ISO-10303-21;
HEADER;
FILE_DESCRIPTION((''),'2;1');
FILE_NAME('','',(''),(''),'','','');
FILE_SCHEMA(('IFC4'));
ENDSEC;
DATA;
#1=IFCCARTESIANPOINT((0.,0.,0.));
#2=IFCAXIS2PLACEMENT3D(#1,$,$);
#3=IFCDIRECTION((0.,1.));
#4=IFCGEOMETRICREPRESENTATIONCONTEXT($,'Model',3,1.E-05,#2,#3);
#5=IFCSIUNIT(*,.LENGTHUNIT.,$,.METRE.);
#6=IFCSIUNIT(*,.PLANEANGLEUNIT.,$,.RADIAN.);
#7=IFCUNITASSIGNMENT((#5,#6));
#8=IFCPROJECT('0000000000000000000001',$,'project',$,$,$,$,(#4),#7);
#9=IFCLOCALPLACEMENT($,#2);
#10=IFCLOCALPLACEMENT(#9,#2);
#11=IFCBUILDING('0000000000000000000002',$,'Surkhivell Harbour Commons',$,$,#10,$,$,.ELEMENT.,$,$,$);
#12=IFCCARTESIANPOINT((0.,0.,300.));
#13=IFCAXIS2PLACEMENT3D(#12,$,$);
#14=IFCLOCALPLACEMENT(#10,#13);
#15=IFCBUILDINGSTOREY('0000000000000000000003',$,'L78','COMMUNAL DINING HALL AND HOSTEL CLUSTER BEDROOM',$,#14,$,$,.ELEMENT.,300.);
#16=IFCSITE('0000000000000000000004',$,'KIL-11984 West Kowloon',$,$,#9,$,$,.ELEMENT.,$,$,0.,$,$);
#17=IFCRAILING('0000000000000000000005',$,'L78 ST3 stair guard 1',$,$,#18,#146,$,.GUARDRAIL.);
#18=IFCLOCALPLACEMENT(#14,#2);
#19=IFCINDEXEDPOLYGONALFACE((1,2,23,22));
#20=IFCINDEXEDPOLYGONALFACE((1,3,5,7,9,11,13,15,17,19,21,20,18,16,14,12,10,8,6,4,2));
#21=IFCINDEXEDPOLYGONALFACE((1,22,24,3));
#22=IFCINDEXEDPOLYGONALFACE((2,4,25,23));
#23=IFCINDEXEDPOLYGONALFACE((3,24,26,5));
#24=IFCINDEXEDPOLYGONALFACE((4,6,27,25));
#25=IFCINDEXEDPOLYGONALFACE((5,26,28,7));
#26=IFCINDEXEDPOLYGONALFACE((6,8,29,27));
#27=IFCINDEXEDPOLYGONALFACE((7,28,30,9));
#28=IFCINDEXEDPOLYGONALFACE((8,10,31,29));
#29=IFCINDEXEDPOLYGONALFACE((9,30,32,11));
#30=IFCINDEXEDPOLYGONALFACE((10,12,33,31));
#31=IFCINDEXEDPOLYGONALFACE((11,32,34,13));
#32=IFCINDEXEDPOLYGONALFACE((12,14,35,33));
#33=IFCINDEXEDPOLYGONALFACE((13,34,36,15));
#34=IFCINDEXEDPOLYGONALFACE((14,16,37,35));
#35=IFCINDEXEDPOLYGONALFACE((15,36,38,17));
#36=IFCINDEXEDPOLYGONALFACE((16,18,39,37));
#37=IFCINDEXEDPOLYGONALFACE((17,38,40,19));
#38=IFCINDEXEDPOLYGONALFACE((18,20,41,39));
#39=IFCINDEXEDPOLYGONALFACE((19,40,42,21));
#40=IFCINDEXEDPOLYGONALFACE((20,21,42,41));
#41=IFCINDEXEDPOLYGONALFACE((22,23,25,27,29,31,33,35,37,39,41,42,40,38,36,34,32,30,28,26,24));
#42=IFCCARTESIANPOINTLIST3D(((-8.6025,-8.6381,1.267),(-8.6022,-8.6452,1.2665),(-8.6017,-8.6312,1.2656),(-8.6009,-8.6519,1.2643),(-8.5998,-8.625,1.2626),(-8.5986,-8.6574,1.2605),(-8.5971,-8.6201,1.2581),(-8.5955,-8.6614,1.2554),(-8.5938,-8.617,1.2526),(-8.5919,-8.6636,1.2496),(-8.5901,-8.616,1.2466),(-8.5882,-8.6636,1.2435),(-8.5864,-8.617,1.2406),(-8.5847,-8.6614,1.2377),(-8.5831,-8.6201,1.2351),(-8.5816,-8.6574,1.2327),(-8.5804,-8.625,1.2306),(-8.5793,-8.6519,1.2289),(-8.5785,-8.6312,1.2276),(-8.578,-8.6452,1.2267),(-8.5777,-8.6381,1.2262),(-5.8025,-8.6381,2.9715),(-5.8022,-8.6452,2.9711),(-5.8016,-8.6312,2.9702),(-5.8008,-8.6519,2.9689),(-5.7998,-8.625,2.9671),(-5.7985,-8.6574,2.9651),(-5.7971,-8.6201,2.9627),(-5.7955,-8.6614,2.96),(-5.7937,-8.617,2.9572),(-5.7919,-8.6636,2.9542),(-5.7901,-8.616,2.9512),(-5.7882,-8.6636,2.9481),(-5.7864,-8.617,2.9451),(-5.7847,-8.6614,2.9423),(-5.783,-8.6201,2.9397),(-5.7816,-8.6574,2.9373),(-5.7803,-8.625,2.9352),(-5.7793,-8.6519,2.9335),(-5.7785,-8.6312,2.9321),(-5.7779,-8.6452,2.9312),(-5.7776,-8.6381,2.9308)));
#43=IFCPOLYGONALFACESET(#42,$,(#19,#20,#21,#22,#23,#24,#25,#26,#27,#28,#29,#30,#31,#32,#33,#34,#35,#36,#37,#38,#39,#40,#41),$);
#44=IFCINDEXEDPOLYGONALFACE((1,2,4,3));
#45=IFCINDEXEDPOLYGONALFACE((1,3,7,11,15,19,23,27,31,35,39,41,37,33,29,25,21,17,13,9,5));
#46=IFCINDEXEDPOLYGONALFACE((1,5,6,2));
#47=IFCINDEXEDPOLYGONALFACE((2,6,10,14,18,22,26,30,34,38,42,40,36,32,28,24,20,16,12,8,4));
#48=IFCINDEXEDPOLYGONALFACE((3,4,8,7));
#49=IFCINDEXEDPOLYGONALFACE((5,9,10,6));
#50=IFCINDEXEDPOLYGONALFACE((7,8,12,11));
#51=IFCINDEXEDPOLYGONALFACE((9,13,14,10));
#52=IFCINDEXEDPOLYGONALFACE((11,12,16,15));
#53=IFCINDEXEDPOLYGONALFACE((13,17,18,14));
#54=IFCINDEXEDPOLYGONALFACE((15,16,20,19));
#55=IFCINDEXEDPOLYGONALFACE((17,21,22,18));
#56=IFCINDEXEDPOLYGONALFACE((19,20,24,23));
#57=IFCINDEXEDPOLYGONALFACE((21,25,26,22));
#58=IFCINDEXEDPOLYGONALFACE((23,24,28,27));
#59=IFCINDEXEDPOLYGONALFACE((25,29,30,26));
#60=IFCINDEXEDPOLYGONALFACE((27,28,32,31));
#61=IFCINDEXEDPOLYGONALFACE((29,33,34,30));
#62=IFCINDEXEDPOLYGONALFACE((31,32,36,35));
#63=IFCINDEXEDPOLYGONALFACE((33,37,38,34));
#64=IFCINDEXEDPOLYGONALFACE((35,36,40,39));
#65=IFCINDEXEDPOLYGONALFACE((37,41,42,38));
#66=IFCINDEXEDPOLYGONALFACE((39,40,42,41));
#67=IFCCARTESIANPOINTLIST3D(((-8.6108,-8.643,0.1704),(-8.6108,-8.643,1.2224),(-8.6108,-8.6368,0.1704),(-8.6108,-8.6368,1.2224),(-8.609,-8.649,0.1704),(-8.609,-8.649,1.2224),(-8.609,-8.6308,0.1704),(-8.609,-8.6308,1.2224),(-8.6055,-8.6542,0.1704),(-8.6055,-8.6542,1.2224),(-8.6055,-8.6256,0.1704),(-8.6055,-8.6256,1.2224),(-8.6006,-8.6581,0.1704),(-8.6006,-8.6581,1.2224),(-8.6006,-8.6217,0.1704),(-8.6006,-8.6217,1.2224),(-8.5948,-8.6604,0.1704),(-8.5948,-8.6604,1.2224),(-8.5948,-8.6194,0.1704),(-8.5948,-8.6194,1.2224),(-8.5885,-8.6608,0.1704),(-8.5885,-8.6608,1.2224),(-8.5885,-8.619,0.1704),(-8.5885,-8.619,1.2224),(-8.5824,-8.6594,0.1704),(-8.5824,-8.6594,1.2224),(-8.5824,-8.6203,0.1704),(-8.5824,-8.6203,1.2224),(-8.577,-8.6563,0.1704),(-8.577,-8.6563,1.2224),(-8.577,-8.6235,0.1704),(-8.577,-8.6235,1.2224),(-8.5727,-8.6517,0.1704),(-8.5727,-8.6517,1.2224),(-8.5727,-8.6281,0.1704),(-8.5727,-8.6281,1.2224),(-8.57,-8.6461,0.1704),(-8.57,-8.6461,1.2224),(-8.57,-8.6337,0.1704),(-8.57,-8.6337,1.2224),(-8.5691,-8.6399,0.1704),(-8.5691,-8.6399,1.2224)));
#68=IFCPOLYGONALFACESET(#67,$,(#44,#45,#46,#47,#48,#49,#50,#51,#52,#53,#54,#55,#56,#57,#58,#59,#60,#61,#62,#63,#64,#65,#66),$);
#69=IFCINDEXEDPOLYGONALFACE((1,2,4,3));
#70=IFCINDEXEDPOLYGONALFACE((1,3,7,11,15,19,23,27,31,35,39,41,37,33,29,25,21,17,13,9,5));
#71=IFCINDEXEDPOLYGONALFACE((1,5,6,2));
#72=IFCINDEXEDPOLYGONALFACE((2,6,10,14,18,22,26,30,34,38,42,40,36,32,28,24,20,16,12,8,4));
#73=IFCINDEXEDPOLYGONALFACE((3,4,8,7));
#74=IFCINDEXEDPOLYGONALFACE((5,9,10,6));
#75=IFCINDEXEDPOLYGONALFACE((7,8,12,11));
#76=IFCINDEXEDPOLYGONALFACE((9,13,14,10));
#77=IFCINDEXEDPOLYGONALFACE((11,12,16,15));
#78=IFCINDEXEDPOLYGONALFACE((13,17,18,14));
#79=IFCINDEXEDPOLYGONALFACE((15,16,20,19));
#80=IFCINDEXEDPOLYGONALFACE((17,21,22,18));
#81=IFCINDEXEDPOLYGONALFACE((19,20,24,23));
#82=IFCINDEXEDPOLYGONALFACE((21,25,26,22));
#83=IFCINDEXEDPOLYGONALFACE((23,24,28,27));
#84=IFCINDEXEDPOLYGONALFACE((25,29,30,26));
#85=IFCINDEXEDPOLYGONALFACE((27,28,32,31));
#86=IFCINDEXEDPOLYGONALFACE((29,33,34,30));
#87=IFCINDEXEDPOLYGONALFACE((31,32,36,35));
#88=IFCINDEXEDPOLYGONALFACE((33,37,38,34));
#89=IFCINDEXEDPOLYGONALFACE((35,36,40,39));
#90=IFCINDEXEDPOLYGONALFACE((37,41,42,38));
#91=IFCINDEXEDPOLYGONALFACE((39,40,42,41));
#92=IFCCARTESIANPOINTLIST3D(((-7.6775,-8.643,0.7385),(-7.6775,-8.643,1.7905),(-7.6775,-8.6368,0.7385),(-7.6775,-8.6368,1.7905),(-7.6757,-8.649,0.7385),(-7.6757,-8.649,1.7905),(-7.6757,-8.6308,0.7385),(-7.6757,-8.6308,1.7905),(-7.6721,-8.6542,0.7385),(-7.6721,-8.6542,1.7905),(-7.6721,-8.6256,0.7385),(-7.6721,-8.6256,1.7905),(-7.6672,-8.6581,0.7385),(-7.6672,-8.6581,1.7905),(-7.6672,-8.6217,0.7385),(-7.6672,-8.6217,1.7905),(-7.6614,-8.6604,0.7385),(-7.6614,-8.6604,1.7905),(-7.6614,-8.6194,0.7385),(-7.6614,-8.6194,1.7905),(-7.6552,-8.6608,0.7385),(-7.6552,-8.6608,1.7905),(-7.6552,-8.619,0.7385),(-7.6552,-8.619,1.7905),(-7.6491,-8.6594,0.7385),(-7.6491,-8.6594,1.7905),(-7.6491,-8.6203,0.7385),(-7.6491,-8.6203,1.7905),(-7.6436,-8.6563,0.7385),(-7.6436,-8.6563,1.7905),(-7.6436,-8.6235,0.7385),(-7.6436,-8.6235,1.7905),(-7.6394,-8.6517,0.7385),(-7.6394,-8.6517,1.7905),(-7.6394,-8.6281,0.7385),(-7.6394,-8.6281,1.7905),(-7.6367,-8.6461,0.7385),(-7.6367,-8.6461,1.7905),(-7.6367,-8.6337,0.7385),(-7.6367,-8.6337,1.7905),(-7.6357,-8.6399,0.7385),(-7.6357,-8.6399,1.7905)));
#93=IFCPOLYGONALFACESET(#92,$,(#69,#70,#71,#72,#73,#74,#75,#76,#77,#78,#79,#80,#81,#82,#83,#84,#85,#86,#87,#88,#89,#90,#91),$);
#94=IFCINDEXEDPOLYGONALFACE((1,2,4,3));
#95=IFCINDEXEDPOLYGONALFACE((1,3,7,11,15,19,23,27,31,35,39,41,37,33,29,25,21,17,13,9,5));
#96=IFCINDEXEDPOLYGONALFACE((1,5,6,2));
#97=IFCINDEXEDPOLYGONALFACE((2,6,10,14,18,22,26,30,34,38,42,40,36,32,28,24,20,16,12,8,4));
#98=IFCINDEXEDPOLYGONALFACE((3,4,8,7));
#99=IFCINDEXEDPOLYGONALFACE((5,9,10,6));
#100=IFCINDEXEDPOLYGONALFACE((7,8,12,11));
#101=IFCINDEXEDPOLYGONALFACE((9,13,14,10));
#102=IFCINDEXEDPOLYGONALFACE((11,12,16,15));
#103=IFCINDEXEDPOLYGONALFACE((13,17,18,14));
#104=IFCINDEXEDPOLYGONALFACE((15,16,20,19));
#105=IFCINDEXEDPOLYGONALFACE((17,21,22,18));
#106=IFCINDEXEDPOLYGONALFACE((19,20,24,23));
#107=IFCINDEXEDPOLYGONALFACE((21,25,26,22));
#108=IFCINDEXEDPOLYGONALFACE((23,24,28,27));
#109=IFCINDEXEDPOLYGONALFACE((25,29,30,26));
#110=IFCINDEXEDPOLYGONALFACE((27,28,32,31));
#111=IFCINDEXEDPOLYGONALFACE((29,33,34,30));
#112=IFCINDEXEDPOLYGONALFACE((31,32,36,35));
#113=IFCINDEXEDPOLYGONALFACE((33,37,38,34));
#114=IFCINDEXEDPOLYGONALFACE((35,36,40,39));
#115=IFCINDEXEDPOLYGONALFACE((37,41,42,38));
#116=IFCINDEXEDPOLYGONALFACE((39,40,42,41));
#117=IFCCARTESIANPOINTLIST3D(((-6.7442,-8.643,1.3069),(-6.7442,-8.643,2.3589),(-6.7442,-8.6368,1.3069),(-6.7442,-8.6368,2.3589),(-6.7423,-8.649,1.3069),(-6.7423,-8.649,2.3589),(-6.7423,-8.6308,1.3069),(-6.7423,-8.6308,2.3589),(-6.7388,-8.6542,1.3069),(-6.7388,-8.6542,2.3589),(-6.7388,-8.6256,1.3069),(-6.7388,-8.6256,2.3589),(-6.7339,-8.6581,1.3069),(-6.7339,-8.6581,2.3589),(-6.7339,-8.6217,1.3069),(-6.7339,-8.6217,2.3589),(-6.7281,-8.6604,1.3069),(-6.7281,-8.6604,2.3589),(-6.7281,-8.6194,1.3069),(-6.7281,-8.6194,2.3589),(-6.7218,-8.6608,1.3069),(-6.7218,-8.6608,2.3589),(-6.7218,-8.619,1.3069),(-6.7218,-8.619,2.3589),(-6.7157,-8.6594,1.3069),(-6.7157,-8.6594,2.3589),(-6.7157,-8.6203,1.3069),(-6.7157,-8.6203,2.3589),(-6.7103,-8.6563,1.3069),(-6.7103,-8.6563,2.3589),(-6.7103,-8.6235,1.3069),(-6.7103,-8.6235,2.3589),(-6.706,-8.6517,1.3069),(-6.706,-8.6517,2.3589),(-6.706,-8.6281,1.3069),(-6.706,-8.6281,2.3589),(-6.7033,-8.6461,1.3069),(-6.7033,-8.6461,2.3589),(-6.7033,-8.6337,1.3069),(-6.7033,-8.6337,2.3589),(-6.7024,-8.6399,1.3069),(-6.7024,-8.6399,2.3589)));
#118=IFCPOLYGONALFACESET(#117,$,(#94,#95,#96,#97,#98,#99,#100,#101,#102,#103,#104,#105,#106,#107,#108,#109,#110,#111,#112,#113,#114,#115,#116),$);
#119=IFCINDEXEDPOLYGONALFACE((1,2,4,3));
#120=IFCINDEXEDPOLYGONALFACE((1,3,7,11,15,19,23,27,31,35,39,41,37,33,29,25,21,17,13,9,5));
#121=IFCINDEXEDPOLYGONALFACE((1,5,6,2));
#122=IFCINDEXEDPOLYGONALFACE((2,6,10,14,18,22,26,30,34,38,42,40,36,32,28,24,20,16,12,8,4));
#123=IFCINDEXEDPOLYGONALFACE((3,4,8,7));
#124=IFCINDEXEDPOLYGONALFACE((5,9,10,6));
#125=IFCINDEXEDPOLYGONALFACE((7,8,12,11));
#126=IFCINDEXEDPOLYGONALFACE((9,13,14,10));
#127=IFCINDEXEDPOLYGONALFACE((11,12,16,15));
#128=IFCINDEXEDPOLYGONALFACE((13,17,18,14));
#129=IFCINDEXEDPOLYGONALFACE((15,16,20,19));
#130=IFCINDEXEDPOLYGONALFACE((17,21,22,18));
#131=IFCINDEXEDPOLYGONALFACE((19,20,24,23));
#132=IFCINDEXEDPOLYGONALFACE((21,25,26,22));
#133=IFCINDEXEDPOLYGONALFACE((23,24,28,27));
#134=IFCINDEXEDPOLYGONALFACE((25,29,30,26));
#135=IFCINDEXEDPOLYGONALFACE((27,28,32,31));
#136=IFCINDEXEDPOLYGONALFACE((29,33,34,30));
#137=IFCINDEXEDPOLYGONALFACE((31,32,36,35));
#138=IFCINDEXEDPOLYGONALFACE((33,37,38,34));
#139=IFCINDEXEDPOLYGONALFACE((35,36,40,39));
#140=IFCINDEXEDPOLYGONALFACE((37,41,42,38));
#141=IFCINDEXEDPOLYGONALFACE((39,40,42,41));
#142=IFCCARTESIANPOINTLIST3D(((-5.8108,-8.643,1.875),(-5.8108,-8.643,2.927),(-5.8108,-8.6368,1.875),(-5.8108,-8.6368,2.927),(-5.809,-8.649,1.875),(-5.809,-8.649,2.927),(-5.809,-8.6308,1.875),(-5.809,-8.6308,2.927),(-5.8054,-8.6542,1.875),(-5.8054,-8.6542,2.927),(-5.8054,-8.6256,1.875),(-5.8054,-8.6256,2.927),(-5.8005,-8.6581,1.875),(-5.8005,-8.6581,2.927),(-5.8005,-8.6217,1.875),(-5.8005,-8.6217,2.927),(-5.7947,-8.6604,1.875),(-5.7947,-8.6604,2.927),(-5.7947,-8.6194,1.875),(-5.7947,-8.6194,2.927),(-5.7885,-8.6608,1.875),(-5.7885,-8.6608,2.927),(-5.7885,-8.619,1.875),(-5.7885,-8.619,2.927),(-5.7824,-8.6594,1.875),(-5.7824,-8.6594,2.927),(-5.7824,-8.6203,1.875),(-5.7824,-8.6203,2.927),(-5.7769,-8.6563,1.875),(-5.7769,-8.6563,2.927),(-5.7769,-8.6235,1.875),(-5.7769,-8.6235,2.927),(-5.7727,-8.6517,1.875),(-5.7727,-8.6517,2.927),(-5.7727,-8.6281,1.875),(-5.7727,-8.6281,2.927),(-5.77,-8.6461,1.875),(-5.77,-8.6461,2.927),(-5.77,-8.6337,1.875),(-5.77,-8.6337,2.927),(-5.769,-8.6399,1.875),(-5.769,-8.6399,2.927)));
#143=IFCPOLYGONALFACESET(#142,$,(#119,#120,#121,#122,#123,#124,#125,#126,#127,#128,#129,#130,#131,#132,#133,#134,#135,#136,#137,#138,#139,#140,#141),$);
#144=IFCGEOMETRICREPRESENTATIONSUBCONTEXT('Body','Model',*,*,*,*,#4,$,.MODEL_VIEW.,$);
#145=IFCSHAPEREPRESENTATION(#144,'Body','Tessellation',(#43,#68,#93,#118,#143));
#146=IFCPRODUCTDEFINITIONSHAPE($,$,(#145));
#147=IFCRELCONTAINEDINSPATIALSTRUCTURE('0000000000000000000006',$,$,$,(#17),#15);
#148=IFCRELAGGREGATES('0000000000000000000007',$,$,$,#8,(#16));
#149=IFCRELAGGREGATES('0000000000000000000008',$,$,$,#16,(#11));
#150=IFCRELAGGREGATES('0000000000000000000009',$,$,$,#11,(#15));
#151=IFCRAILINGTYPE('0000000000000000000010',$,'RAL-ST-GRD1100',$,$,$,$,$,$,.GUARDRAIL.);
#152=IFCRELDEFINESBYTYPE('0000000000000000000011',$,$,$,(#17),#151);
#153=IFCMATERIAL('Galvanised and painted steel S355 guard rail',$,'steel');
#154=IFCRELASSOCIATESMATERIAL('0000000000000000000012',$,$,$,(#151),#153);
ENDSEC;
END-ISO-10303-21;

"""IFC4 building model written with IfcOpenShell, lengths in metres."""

from ifc_helpers import new_model, si_unit, direction, frame, origin, origin_2d, place, context, subcontext, project, spatial, circle, extrude, material, type_object, element, save


model = new_model("IFC4")

# Units and contexts
model_context = context("Model", 3, precision=1e-05, world=origin(), true_north=direction((0.0, 1.0)))
body_context = subcontext(model_context, "Body", "Model", "MODEL_VIEW")
ifc_project = project(units=[si_unit("LENGTHUNIT", "METRE"), si_unit("PLANEANGLEUNIT", "RADIAN")], contexts=[model_context])

# Site, building, storey
site_placement = place(None, origin())
site = spatial("IfcSite", under=ifc_project, at=site_placement, Name="KIL-11984 West Kowloon", CompositionType="ELEMENT", RefElevation=0.0)
building_placement = place(site_placement, origin())
building = spatial("IfcBuilding", under=site, at=building_placement, Name="Surkhivell Harbour Commons", CompositionType="ELEMENT")
storey_placement = place(building_placement, frame((0.0, 0.0, 300.0)))
storey = spatial("IfcBuildingStorey", under=building, at=storey_placement, Name="L78", Description="COMMUNAL DINING HALL AND HOSTEL CLUSTER BEDROOM", CompositionType="ELEMENT", Elevation=300.0)

# Railing
ifc_material_1 = material(Name="Galvanised and painted steel S355 guard rail", Category="steel")
railing_type_1 = type_object("IfcRailingType", Name="RAL-ST-GRD1100", PredefinedType="GUARDRAIL", material=ifc_material_1)
railing_1_placement = place(storey_placement, frame((-8.5901, -8.6399, 0.1704)))
element("IfcRailing", 1, at=railing_1_placement, inside=storey, type_object=railing_type_1, Name="L78 ST3 stair guard 1", PredefinedType="GUARDRAIL", context=body_context, shape_type="SweptSolid", body=[
    extrude(circle(Radius=0.0239, at=origin_2d()), frame((0.0, 0.0, 1.0762), z_axis=(0.85417, 0.0, 0.519994), x_axis=(0.0, 1.0, 0.0)), (0.0, 0.0, 1.0), 3.2781),
    extrude(circle(Radius=0.021, at=origin_2d()), origin(), (0.0, 0.0, 1.0), 1.052),
    extrude(circle(Radius=0.021, at=origin_2d()), frame((0.9333, 0.0, 0.5681)), (0.0, 0.0, 1.0), 1.052),
    extrude(circle(Radius=0.021, at=origin_2d()), frame((1.8667, 0.0, 1.1365)), (0.0, 0.0, 1.0), 1.052),
    extrude(circle(Radius=0.021, at=origin_2d()), frame((2.8, 0.0, 1.7046)), (0.0, 0.0, 1.0), 1.052),
])

save(model, "model.ifc")
